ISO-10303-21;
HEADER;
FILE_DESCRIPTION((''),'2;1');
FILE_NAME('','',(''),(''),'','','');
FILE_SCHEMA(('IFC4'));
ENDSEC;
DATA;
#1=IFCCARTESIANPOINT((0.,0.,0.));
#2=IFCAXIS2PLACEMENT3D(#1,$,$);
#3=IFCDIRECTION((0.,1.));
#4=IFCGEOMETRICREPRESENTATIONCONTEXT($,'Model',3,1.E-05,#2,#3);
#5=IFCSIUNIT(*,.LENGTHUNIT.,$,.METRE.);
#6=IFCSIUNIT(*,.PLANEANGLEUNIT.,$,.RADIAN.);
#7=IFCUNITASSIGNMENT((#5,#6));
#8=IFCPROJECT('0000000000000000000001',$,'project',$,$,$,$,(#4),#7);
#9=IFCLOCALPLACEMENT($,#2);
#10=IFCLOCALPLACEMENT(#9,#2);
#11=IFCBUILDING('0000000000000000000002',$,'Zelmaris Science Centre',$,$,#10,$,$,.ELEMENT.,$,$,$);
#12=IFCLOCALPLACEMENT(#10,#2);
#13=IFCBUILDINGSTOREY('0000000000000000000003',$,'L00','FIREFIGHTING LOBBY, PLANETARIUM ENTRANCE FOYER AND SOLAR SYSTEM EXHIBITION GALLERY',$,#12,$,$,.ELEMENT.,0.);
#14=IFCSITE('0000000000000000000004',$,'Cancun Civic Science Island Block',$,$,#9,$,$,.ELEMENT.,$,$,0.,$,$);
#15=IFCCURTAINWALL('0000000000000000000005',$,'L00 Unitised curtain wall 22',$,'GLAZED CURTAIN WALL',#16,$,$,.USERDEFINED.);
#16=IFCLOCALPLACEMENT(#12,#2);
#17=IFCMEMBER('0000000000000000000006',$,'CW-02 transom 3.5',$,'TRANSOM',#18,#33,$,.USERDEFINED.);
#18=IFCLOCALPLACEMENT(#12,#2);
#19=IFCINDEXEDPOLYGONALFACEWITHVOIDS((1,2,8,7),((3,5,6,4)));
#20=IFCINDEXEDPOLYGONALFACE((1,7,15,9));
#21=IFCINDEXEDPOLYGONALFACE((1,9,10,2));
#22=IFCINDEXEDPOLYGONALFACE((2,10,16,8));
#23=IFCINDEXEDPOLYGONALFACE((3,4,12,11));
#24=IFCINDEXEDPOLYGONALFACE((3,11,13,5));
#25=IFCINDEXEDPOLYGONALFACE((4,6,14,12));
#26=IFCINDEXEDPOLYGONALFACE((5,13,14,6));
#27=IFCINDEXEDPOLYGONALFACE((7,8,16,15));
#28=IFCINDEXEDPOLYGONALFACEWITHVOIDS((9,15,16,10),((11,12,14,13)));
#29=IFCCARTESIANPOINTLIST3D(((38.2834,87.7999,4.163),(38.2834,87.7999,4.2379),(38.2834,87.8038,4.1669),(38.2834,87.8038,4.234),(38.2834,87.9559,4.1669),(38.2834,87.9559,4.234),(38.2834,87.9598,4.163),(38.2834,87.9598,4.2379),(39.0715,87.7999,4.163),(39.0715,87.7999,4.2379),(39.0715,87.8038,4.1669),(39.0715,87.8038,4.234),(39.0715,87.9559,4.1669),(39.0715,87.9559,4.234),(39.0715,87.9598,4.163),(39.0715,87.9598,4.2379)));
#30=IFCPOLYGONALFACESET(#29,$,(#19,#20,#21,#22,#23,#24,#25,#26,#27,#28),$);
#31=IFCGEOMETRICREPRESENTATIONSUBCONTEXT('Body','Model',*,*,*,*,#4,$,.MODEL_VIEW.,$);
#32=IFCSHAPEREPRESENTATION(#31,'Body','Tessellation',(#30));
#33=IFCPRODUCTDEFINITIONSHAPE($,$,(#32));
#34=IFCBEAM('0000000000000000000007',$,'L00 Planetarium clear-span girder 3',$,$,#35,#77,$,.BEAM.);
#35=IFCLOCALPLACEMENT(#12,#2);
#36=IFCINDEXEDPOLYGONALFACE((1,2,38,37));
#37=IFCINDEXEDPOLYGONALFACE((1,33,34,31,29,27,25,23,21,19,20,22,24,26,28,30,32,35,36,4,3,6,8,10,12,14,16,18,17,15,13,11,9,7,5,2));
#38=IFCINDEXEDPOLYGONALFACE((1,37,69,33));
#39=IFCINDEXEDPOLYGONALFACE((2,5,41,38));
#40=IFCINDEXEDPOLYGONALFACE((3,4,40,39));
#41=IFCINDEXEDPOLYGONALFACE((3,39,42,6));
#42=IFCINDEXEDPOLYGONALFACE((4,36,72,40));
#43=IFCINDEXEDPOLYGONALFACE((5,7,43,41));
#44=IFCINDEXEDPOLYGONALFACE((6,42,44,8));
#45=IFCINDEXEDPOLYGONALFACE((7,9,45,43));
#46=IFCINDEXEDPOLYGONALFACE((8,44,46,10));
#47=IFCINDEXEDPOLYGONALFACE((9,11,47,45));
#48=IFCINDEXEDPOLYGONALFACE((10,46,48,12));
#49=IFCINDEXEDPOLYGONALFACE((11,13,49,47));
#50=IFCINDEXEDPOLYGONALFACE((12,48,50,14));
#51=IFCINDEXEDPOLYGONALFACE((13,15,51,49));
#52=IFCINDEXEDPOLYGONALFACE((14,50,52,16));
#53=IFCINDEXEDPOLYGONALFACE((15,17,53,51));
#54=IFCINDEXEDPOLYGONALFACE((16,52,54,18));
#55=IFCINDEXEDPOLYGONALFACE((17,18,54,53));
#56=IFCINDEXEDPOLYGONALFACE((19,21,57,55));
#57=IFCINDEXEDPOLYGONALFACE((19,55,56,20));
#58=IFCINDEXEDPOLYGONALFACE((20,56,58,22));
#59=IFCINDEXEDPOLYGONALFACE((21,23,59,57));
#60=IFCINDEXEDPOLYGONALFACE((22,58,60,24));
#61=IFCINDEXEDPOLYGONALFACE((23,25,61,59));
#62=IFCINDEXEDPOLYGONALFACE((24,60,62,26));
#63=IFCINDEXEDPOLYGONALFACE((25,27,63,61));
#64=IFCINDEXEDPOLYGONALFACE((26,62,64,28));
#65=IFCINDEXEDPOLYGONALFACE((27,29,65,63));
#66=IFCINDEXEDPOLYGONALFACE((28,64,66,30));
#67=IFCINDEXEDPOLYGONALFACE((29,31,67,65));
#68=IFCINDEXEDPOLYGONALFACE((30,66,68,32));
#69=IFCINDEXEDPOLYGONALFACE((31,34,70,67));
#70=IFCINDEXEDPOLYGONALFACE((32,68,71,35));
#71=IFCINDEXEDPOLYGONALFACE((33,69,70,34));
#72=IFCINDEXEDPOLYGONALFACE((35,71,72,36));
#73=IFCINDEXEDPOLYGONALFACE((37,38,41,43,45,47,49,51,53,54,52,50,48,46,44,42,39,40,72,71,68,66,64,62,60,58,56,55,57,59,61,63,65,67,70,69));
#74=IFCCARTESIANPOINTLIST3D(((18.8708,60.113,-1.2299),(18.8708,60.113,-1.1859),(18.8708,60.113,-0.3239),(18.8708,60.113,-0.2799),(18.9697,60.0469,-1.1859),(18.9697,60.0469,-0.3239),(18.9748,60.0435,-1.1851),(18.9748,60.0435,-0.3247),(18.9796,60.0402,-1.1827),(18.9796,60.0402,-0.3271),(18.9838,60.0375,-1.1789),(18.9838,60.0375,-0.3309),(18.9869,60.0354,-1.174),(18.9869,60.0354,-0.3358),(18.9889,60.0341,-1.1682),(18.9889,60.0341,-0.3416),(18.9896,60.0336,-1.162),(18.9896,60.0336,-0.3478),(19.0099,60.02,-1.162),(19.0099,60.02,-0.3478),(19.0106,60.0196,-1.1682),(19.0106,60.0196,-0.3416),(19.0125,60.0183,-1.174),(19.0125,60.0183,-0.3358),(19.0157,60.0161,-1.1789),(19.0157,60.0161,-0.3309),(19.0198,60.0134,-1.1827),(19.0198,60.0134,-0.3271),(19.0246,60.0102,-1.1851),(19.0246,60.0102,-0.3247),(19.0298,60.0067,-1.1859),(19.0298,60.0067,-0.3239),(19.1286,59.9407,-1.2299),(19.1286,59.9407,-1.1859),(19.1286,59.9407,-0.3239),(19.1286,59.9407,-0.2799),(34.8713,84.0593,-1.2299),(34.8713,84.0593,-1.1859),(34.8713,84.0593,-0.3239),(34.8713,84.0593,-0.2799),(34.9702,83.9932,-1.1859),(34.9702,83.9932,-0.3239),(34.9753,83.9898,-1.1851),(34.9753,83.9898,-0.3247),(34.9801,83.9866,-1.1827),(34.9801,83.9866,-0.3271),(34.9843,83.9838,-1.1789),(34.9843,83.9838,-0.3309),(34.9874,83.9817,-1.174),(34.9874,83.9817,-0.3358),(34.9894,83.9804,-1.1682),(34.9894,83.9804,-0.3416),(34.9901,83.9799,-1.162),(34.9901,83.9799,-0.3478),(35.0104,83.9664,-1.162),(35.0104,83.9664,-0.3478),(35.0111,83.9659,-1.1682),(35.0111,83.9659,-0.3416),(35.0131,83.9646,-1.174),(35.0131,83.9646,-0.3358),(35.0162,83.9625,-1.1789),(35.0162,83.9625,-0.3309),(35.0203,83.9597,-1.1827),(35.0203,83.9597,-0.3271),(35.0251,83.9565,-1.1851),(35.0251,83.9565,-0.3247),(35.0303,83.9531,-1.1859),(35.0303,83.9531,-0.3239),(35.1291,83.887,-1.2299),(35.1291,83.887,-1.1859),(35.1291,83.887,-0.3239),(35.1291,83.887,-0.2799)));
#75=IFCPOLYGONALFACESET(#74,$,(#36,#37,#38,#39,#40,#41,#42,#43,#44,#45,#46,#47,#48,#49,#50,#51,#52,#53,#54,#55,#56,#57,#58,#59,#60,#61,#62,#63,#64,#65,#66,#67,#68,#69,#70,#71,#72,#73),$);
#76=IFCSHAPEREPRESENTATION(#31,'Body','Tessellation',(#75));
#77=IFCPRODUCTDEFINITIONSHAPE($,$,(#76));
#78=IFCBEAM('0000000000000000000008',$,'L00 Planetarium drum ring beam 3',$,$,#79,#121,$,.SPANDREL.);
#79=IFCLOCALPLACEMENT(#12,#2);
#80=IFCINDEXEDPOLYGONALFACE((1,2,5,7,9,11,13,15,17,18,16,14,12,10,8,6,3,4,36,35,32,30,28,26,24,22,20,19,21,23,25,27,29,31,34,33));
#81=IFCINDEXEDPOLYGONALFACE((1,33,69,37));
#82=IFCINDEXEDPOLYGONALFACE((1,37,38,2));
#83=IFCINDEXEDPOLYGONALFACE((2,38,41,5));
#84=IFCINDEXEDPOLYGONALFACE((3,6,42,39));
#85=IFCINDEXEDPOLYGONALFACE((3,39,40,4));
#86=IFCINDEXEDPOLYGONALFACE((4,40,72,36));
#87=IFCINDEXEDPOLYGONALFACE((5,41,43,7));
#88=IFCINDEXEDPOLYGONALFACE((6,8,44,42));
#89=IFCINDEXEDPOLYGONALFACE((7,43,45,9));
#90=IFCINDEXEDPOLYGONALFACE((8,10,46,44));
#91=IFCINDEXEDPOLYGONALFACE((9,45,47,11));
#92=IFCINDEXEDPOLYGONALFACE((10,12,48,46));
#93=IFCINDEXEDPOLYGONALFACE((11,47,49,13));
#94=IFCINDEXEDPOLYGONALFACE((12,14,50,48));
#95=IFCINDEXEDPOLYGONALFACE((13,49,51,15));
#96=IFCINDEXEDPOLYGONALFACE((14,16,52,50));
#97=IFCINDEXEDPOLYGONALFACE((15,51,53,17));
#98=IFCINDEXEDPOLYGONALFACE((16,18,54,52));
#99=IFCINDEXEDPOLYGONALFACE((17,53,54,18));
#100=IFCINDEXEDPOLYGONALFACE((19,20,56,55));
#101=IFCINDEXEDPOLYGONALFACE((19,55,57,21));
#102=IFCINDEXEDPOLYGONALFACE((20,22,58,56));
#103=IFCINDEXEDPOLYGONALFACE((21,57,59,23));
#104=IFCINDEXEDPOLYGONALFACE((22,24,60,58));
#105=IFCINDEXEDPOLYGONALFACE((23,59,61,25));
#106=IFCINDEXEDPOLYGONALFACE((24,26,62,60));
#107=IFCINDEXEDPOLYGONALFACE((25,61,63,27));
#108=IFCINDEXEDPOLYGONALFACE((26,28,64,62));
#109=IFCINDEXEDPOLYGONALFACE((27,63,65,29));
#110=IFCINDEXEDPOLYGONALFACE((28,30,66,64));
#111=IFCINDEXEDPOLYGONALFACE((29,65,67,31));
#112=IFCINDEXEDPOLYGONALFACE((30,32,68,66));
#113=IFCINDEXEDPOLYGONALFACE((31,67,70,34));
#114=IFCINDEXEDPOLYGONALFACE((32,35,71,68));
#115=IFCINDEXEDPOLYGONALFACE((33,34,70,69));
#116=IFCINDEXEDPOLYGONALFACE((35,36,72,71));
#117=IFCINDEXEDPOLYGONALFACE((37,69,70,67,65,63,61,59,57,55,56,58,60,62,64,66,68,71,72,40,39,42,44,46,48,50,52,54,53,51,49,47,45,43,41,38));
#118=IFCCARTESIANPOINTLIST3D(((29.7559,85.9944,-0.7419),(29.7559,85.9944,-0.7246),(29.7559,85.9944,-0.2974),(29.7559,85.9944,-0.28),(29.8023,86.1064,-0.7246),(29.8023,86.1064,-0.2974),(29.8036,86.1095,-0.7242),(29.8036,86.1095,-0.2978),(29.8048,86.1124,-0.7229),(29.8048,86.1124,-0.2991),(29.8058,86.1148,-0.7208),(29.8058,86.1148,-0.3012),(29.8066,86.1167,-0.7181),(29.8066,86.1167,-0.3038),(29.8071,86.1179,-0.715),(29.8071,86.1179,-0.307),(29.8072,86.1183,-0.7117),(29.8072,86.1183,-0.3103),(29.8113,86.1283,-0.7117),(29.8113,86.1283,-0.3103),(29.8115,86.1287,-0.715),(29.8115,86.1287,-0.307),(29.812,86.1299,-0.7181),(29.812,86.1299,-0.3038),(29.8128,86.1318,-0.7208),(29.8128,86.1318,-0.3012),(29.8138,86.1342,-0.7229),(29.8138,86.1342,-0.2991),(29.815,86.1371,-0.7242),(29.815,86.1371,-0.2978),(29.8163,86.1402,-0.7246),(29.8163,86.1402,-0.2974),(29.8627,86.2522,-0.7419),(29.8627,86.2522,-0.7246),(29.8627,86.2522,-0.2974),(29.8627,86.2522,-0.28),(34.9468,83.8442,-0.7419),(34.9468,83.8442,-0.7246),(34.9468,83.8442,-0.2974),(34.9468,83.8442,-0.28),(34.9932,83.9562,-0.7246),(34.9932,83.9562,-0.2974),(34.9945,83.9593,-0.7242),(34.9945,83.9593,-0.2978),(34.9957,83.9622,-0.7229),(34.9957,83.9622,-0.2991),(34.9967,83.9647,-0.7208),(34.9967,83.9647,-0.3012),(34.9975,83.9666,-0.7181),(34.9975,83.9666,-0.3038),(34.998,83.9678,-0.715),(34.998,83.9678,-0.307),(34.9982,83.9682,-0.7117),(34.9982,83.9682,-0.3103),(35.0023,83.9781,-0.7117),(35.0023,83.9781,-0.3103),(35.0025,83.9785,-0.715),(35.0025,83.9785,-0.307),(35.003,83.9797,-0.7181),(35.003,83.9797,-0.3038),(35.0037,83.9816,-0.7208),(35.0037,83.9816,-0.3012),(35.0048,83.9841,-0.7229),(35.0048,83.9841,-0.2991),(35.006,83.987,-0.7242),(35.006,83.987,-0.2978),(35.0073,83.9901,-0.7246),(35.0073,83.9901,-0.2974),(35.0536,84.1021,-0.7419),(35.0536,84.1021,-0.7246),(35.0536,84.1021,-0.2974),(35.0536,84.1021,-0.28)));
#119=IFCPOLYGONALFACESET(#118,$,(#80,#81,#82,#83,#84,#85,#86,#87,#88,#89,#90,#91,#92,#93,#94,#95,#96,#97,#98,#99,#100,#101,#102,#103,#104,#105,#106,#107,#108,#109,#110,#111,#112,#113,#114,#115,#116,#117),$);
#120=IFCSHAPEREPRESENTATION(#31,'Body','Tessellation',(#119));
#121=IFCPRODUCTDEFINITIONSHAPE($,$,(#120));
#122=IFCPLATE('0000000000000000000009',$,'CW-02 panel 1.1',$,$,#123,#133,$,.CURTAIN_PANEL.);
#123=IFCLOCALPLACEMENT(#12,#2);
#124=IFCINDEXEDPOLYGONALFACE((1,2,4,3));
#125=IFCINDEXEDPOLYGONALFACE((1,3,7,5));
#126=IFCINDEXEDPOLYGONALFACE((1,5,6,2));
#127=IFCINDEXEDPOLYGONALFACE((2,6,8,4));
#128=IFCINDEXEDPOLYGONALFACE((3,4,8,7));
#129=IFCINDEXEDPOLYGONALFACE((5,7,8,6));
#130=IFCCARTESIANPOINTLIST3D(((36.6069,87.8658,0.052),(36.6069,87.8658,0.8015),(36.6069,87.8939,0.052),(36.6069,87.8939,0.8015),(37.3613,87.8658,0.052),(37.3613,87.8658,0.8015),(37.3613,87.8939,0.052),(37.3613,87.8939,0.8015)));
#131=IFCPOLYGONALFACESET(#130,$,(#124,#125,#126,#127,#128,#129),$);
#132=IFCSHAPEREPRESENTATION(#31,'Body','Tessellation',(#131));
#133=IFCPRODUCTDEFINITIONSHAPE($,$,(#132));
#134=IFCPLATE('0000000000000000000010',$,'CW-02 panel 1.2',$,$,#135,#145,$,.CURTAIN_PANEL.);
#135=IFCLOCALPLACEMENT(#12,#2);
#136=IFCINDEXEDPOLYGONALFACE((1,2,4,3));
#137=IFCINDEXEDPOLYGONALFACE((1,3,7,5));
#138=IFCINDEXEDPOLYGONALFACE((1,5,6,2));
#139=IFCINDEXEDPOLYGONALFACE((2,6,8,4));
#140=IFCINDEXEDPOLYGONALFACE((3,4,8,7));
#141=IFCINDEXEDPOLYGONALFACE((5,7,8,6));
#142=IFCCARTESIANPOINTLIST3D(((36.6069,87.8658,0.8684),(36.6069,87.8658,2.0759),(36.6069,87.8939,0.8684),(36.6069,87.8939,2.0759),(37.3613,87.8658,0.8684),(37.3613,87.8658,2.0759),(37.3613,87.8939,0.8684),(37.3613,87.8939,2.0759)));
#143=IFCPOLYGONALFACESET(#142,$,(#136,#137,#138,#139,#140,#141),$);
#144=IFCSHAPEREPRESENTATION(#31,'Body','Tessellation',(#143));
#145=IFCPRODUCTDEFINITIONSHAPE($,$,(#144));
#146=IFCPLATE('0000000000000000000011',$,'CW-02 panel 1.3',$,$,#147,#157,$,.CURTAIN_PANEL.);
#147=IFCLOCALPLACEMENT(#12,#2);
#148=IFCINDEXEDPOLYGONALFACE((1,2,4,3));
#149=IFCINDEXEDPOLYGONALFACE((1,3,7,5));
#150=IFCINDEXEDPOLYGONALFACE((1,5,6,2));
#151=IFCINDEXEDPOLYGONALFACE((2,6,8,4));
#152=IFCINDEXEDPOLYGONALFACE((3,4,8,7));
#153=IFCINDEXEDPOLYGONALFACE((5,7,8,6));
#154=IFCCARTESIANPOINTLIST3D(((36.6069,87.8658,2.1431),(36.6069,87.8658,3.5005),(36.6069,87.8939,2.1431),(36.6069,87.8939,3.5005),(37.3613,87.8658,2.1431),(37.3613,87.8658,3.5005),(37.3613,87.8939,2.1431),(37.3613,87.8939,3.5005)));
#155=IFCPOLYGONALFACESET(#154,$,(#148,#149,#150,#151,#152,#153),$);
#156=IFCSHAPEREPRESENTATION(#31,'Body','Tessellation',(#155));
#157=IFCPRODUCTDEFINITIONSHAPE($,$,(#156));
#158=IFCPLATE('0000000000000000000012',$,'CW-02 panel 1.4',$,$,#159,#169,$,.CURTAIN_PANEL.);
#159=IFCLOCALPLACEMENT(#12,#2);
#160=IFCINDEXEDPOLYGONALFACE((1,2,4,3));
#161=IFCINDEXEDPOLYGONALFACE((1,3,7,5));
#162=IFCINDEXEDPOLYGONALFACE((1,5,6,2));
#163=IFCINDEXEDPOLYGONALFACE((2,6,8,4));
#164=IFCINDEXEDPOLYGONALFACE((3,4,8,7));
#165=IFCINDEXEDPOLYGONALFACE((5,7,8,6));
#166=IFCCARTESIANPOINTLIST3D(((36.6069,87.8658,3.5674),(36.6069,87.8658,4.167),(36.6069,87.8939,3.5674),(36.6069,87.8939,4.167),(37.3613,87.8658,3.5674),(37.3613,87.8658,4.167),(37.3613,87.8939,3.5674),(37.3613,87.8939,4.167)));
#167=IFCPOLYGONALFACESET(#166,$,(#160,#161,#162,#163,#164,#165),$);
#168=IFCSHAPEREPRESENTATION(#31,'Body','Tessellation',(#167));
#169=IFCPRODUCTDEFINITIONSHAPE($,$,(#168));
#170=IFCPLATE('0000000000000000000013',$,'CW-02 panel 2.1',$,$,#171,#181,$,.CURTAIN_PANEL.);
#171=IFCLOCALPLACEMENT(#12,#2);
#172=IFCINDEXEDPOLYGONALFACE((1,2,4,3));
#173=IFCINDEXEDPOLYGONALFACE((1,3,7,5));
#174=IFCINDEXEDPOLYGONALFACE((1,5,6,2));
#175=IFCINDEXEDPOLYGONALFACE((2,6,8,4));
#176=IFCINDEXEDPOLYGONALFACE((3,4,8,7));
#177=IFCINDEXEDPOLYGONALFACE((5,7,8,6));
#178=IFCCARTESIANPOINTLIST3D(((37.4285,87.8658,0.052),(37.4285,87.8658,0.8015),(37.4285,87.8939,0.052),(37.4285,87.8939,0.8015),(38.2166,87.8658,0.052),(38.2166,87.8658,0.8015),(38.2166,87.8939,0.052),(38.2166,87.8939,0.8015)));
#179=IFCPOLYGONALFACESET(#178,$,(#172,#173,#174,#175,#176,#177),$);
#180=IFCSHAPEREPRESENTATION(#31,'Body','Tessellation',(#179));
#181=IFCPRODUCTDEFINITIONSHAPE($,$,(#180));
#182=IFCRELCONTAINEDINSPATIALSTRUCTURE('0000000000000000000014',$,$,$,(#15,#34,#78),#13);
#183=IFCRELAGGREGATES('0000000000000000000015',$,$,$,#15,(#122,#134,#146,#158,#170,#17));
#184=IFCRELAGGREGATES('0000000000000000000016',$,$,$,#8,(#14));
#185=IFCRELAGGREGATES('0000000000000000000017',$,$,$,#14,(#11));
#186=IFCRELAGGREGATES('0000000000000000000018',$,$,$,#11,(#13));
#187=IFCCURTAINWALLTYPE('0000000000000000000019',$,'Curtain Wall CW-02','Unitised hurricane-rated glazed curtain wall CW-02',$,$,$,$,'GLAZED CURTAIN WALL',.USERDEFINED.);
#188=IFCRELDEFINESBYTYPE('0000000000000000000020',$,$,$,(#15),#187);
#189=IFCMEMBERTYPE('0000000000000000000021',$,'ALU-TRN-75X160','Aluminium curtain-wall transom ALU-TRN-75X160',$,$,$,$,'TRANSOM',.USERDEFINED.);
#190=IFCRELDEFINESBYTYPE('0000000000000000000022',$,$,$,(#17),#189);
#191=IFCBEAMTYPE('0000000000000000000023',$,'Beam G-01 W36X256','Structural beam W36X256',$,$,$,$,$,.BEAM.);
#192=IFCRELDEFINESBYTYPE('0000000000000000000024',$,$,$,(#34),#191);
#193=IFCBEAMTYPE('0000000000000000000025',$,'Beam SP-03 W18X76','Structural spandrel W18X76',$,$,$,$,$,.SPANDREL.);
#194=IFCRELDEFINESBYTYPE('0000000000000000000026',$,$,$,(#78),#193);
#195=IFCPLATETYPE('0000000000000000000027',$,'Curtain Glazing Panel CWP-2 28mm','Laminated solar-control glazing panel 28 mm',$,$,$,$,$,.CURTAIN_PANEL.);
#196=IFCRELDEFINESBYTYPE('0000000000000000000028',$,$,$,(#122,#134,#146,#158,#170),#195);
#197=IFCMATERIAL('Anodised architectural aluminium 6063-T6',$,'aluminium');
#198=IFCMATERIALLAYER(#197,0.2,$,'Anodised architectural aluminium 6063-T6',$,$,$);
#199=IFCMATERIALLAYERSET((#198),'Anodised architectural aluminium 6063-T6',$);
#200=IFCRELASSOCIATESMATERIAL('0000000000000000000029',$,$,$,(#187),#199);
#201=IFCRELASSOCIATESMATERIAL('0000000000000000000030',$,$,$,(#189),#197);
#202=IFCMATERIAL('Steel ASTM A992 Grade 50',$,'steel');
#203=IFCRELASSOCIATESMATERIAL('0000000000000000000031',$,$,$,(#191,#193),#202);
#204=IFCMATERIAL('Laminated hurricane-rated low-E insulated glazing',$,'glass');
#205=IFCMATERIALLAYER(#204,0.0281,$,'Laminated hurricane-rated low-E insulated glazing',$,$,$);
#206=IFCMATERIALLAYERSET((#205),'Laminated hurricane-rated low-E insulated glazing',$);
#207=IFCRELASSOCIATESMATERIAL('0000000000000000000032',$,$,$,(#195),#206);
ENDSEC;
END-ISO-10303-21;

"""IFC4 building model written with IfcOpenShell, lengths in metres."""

from ifc_helpers import new_model, si_unit, direction, frame, origin, origin_2d, place, context, subcontext, project, spatial, rectangle, hollow_rectangle, i_section, extrude, material, layer, layer_set, material_profile, profile_set, type_object, element, aggregate, save


model = new_model("IFC4")

# Units and contexts
model_context = context("Model", 3, precision=1e-05, world=origin(), true_north=direction((0.0, 1.0)))
body_context = subcontext(model_context, "Body", "Model", "MODEL_VIEW")
ifc_project = project(units=[si_unit("LENGTHUNIT", "METRE"), si_unit("PLANEANGLEUNIT", "RADIAN")], contexts=[model_context])

# Site, building, storey
site_placement = place(None, origin())
site = spatial("IfcSite", under=ifc_project, at=site_placement, Name="Cancun Civic Science Island Block", CompositionType="ELEMENT", RefElevation=0.0)
building_placement = place(site_placement, origin())
building = spatial("IfcBuilding", under=site, at=building_placement, Name="Zelmaris Science Centre", CompositionType="ELEMENT")
storey_placement = place(building_placement, origin())
storey = spatial("IfcBuildingStorey", under=building, at=storey_placement, Name="L00", Description="FIREFIGHTING LOBBY, PLANETARIUM ENTRANCE FOYER AND SOLAR SYSTEM EXHIBITION GALLERY", CompositionType="ELEMENT", Elevation=0.0)

# Shared definitions
ifc_material_1 = material(Name="Steel ASTM A992 Grade 50", Category="steel")

# Shared definitions
ifc_material_2 = material(Name="Anodised architectural aluminium 6063-T6", Category="aluminium")

# Curtain wall, member
ifc_layer_1 = layer(ifc_material_2, 0.2, Name="Anodised architectural aluminium 6063-T6")
ifc_layer_set_1 = layer_set([ifc_layer_1], Name="Anodised architectural aluminium 6063-T6")
curtain_wall_type_1 = type_object("IfcCurtainWallType", Name="Curtain Wall CW-02", Description="Unitised hurricane-rated glazed curtain wall CW-02", ElementType="GLAZED CURTAIN WALL", PredefinedType="USERDEFINED", material=ifc_layer_set_1)
curtain_wall_1_placement = place(storey_placement, origin())
curtain_wall_1 = element("IfcCurtainWall", 1, at=curtain_wall_1_placement, inside=storey, type_object=curtain_wall_type_1, Name="L00 Unitised curtain wall 22", ObjectType="GLAZED CURTAIN WALL", PredefinedType="USERDEFINED")
ifc_material_profile_1 = material_profile(ifc_material_2, hollow_rectangle(XDim=0.075, YDim=0.1599, WallThickness=0.0039, at=origin_2d()), Name="ALU-TRN-75X160")
ifc_profile_set_1 = profile_set([ifc_material_profile_1], Name="Anodised architectural aluminium 6063-T6")
member_type_1 = type_object("IfcMemberType", Name="ALU-TRN-75X160", Description="Aluminium curtain-wall transom ALU-TRN-75X160", ElementType="TRANSOM", PredefinedType="USERDEFINED", material=ifc_profile_set_1)
member_1_placement = place(storey_placement, frame((38.2834, 87.8799, 4.2004), z_axis=(1.0, 0.0, 0.0), x_axis=(0.0, 0.0, 1.0)))
member_1 = element("IfcMember", 2, at=member_1_placement, type_object=member_type_1, Name="CW-02 transom 3.5", ObjectType="TRANSOM", PredefinedType="USERDEFINED", context=body_context, shape_type="SweptSolid", body=[
    extrude(hollow_rectangle(XDim=0.075, YDim=0.1599, WallThickness=0.0039, at=origin_2d()), origin(), (0.0, 0.0, 1.0), 0.7881),
])

# Beams
ifc_material_profile_2 = material_profile(ifc_material_1, i_section(OverallWidth=0.3101, OverallDepth=0.95, WebThickness=0.0244, FlangeThickness=0.0439, FilletRadius=0.0239, at=origin_2d()), Name="W36X256")
ifc_profile_set_2 = profile_set([ifc_material_profile_2], Name="Steel ASTM A992 Grade 50")
beam_type_1 = type_object("IfcBeamType", Name="Beam G-01 W36X256", Description="Structural beam W36X256", PredefinedType="BEAM", material=ifc_profile_set_2)
beam_1_placement = place(storey_placement, frame((35.0002, 83.9731, -0.7549), z_axis=(-0.555572, -0.831468, 0.0), x_axis=(0.831468, -0.555572, 0.0)))
element("IfcBeam", 3, at=beam_1_placement, inside=storey, type_object=beam_type_1, Name="L00 Planetarium clear-span girder 3", PredefinedType="BEAM", context=body_context, shape_type="SweptSolid", body=[
    extrude(i_section(OverallWidth=0.3101, OverallDepth=0.95, WebThickness=0.0244, FlangeThickness=0.0439, FilletRadius=0.0239, at=origin_2d()), origin(), (0.0, 0.0, 1.0), 28.8),
])
ifc_material_profile_3 = material_profile(ifc_material_1, i_section(OverallWidth=0.2791, OverallDepth=0.4619, WebThickness=0.0107, FlangeThickness=0.0173, FilletRadius=0.0129, at=origin_2d()), Name="W18X76")
ifc_profile_set_3 = profile_set([ifc_material_profile_3], Name="Steel ASTM A992 Grade 50")
beam_type_2 = type_object("IfcBeamType", Name="Beam SP-03 W18X76", Description="Structural spandrel W18X76", PredefinedType="SPANDREL", material=ifc_profile_set_3)
beam_2_placement = place(storey_placement, frame((35.0002, 83.9731, -0.511), z_axis=(-0.92388, 0.382683, 0.0), x_axis=(-0.382683, -0.92388, 0.0)))
element("IfcBeam", 4, at=beam_2_placement, inside=storey, type_object=beam_type_2, Name="L00 Planetarium drum ring beam 3", PredefinedType="SPANDREL", context=body_context, shape_type="SweptSolid", body=[
    extrude(i_section(OverallWidth=0.2791, OverallDepth=0.4619, WebThickness=0.0107, FlangeThickness=0.0173, FilletRadius=0.0129, at=origin_2d()), origin(), (0.0, 0.0, 1.0), 5.6187),
])

# Plates
ifc_material_3 = material(Name="Laminated hurricane-rated low-E insulated glazing", Category="glass")
ifc_layer_2 = layer(ifc_material_3, 0.0281, Name="Laminated hurricane-rated low-E insulated glazing")
ifc_layer_set_2 = layer_set([ifc_layer_2], Name="Laminated hurricane-rated low-E insulated glazing")
plate_type_1 = type_object("IfcPlateType", Name="Curtain Glazing Panel CWP-2 28mm", Description="Laminated solar-control glazing panel 28 mm", PredefinedType="CURTAIN_PANEL", material=ifc_layer_set_2)
plate_1_placement = place(storey_placement, frame((36.9841, 87.8799, 0.052), z_axis=(0.0, 0.0, 1.0), x_axis=(1.0, 0.0, 0.0)))
plate_1 = element("IfcPlate", 5, at=plate_1_placement, type_object=plate_type_1, Name="CW-02 panel 1.1", PredefinedType="CURTAIN_PANEL", context=body_context, shape_type="SweptSolid", body=[
    extrude(rectangle(XDim=0.7544, YDim=0.0281, at=origin_2d()), origin(), (0.0, 0.0, 1.0), 0.7495),
])
plate_2_placement = place(storey_placement, frame((36.9841, 87.8799, 0.8684), z_axis=(0.0, 0.0, 1.0), x_axis=(1.0, 0.0, 0.0)))
plate_2 = element("IfcPlate", 6, at=plate_2_placement, type_object=plate_type_1, Name="CW-02 panel 1.2", PredefinedType="CURTAIN_PANEL", context=body_context, shape_type="SweptSolid", body=[
    extrude(rectangle(XDim=0.7544, YDim=0.0281, at=origin_2d()), origin(), (0.0, 0.0, 1.0), 1.2075),
])
plate_3_placement = place(storey_placement, frame((36.9841, 87.8799, 2.1431), z_axis=(0.0, 0.0, 1.0), x_axis=(1.0, 0.0, 0.0)))
plate_3 = element("IfcPlate", 7, at=plate_3_placement, type_object=plate_type_1, Name="CW-02 panel 1.3", PredefinedType="CURTAIN_PANEL", context=body_context, shape_type="SweptSolid", body=[
    extrude(rectangle(XDim=0.7544, YDim=0.0281, at=origin_2d()), origin(), (0.0, 0.0, 1.0), 1.3574),
])
plate_4_placement = place(storey_placement, frame((36.9841, 87.8799, 3.5674), z_axis=(0.0, 0.0, 1.0), x_axis=(1.0, 0.0, 0.0)))
plate_4 = element("IfcPlate", 8, at=plate_4_placement, type_object=plate_type_1, Name="CW-02 panel 1.4", PredefinedType="CURTAIN_PANEL", context=body_context, shape_type="SweptSolid", body=[
    extrude(rectangle(XDim=0.7544, YDim=0.0281, at=origin_2d()), origin(), (0.0, 0.0, 1.0), 0.5996),
])
plate_5_placement = place(storey_placement, frame((37.8225, 87.8799, 0.052), z_axis=(0.0, 0.0, 1.0), x_axis=(1.0, 0.0, 0.0)))
plate_5 = element("IfcPlate", 9, at=plate_5_placement, type_object=plate_type_1, Name="CW-02 panel 2.1", PredefinedType="CURTAIN_PANEL", context=body_context, shape_type="SweptSolid", body=[
    extrude(rectangle(XDim=0.7881, YDim=0.0281, at=origin_2d()), origin(), (0.0, 0.0, 1.0), 0.7495),
])
aggregate(curtain_wall_1, [plate_1, plate_2, plate_3, plate_4, plate_5, member_1])

save(model, "model.ifc")
